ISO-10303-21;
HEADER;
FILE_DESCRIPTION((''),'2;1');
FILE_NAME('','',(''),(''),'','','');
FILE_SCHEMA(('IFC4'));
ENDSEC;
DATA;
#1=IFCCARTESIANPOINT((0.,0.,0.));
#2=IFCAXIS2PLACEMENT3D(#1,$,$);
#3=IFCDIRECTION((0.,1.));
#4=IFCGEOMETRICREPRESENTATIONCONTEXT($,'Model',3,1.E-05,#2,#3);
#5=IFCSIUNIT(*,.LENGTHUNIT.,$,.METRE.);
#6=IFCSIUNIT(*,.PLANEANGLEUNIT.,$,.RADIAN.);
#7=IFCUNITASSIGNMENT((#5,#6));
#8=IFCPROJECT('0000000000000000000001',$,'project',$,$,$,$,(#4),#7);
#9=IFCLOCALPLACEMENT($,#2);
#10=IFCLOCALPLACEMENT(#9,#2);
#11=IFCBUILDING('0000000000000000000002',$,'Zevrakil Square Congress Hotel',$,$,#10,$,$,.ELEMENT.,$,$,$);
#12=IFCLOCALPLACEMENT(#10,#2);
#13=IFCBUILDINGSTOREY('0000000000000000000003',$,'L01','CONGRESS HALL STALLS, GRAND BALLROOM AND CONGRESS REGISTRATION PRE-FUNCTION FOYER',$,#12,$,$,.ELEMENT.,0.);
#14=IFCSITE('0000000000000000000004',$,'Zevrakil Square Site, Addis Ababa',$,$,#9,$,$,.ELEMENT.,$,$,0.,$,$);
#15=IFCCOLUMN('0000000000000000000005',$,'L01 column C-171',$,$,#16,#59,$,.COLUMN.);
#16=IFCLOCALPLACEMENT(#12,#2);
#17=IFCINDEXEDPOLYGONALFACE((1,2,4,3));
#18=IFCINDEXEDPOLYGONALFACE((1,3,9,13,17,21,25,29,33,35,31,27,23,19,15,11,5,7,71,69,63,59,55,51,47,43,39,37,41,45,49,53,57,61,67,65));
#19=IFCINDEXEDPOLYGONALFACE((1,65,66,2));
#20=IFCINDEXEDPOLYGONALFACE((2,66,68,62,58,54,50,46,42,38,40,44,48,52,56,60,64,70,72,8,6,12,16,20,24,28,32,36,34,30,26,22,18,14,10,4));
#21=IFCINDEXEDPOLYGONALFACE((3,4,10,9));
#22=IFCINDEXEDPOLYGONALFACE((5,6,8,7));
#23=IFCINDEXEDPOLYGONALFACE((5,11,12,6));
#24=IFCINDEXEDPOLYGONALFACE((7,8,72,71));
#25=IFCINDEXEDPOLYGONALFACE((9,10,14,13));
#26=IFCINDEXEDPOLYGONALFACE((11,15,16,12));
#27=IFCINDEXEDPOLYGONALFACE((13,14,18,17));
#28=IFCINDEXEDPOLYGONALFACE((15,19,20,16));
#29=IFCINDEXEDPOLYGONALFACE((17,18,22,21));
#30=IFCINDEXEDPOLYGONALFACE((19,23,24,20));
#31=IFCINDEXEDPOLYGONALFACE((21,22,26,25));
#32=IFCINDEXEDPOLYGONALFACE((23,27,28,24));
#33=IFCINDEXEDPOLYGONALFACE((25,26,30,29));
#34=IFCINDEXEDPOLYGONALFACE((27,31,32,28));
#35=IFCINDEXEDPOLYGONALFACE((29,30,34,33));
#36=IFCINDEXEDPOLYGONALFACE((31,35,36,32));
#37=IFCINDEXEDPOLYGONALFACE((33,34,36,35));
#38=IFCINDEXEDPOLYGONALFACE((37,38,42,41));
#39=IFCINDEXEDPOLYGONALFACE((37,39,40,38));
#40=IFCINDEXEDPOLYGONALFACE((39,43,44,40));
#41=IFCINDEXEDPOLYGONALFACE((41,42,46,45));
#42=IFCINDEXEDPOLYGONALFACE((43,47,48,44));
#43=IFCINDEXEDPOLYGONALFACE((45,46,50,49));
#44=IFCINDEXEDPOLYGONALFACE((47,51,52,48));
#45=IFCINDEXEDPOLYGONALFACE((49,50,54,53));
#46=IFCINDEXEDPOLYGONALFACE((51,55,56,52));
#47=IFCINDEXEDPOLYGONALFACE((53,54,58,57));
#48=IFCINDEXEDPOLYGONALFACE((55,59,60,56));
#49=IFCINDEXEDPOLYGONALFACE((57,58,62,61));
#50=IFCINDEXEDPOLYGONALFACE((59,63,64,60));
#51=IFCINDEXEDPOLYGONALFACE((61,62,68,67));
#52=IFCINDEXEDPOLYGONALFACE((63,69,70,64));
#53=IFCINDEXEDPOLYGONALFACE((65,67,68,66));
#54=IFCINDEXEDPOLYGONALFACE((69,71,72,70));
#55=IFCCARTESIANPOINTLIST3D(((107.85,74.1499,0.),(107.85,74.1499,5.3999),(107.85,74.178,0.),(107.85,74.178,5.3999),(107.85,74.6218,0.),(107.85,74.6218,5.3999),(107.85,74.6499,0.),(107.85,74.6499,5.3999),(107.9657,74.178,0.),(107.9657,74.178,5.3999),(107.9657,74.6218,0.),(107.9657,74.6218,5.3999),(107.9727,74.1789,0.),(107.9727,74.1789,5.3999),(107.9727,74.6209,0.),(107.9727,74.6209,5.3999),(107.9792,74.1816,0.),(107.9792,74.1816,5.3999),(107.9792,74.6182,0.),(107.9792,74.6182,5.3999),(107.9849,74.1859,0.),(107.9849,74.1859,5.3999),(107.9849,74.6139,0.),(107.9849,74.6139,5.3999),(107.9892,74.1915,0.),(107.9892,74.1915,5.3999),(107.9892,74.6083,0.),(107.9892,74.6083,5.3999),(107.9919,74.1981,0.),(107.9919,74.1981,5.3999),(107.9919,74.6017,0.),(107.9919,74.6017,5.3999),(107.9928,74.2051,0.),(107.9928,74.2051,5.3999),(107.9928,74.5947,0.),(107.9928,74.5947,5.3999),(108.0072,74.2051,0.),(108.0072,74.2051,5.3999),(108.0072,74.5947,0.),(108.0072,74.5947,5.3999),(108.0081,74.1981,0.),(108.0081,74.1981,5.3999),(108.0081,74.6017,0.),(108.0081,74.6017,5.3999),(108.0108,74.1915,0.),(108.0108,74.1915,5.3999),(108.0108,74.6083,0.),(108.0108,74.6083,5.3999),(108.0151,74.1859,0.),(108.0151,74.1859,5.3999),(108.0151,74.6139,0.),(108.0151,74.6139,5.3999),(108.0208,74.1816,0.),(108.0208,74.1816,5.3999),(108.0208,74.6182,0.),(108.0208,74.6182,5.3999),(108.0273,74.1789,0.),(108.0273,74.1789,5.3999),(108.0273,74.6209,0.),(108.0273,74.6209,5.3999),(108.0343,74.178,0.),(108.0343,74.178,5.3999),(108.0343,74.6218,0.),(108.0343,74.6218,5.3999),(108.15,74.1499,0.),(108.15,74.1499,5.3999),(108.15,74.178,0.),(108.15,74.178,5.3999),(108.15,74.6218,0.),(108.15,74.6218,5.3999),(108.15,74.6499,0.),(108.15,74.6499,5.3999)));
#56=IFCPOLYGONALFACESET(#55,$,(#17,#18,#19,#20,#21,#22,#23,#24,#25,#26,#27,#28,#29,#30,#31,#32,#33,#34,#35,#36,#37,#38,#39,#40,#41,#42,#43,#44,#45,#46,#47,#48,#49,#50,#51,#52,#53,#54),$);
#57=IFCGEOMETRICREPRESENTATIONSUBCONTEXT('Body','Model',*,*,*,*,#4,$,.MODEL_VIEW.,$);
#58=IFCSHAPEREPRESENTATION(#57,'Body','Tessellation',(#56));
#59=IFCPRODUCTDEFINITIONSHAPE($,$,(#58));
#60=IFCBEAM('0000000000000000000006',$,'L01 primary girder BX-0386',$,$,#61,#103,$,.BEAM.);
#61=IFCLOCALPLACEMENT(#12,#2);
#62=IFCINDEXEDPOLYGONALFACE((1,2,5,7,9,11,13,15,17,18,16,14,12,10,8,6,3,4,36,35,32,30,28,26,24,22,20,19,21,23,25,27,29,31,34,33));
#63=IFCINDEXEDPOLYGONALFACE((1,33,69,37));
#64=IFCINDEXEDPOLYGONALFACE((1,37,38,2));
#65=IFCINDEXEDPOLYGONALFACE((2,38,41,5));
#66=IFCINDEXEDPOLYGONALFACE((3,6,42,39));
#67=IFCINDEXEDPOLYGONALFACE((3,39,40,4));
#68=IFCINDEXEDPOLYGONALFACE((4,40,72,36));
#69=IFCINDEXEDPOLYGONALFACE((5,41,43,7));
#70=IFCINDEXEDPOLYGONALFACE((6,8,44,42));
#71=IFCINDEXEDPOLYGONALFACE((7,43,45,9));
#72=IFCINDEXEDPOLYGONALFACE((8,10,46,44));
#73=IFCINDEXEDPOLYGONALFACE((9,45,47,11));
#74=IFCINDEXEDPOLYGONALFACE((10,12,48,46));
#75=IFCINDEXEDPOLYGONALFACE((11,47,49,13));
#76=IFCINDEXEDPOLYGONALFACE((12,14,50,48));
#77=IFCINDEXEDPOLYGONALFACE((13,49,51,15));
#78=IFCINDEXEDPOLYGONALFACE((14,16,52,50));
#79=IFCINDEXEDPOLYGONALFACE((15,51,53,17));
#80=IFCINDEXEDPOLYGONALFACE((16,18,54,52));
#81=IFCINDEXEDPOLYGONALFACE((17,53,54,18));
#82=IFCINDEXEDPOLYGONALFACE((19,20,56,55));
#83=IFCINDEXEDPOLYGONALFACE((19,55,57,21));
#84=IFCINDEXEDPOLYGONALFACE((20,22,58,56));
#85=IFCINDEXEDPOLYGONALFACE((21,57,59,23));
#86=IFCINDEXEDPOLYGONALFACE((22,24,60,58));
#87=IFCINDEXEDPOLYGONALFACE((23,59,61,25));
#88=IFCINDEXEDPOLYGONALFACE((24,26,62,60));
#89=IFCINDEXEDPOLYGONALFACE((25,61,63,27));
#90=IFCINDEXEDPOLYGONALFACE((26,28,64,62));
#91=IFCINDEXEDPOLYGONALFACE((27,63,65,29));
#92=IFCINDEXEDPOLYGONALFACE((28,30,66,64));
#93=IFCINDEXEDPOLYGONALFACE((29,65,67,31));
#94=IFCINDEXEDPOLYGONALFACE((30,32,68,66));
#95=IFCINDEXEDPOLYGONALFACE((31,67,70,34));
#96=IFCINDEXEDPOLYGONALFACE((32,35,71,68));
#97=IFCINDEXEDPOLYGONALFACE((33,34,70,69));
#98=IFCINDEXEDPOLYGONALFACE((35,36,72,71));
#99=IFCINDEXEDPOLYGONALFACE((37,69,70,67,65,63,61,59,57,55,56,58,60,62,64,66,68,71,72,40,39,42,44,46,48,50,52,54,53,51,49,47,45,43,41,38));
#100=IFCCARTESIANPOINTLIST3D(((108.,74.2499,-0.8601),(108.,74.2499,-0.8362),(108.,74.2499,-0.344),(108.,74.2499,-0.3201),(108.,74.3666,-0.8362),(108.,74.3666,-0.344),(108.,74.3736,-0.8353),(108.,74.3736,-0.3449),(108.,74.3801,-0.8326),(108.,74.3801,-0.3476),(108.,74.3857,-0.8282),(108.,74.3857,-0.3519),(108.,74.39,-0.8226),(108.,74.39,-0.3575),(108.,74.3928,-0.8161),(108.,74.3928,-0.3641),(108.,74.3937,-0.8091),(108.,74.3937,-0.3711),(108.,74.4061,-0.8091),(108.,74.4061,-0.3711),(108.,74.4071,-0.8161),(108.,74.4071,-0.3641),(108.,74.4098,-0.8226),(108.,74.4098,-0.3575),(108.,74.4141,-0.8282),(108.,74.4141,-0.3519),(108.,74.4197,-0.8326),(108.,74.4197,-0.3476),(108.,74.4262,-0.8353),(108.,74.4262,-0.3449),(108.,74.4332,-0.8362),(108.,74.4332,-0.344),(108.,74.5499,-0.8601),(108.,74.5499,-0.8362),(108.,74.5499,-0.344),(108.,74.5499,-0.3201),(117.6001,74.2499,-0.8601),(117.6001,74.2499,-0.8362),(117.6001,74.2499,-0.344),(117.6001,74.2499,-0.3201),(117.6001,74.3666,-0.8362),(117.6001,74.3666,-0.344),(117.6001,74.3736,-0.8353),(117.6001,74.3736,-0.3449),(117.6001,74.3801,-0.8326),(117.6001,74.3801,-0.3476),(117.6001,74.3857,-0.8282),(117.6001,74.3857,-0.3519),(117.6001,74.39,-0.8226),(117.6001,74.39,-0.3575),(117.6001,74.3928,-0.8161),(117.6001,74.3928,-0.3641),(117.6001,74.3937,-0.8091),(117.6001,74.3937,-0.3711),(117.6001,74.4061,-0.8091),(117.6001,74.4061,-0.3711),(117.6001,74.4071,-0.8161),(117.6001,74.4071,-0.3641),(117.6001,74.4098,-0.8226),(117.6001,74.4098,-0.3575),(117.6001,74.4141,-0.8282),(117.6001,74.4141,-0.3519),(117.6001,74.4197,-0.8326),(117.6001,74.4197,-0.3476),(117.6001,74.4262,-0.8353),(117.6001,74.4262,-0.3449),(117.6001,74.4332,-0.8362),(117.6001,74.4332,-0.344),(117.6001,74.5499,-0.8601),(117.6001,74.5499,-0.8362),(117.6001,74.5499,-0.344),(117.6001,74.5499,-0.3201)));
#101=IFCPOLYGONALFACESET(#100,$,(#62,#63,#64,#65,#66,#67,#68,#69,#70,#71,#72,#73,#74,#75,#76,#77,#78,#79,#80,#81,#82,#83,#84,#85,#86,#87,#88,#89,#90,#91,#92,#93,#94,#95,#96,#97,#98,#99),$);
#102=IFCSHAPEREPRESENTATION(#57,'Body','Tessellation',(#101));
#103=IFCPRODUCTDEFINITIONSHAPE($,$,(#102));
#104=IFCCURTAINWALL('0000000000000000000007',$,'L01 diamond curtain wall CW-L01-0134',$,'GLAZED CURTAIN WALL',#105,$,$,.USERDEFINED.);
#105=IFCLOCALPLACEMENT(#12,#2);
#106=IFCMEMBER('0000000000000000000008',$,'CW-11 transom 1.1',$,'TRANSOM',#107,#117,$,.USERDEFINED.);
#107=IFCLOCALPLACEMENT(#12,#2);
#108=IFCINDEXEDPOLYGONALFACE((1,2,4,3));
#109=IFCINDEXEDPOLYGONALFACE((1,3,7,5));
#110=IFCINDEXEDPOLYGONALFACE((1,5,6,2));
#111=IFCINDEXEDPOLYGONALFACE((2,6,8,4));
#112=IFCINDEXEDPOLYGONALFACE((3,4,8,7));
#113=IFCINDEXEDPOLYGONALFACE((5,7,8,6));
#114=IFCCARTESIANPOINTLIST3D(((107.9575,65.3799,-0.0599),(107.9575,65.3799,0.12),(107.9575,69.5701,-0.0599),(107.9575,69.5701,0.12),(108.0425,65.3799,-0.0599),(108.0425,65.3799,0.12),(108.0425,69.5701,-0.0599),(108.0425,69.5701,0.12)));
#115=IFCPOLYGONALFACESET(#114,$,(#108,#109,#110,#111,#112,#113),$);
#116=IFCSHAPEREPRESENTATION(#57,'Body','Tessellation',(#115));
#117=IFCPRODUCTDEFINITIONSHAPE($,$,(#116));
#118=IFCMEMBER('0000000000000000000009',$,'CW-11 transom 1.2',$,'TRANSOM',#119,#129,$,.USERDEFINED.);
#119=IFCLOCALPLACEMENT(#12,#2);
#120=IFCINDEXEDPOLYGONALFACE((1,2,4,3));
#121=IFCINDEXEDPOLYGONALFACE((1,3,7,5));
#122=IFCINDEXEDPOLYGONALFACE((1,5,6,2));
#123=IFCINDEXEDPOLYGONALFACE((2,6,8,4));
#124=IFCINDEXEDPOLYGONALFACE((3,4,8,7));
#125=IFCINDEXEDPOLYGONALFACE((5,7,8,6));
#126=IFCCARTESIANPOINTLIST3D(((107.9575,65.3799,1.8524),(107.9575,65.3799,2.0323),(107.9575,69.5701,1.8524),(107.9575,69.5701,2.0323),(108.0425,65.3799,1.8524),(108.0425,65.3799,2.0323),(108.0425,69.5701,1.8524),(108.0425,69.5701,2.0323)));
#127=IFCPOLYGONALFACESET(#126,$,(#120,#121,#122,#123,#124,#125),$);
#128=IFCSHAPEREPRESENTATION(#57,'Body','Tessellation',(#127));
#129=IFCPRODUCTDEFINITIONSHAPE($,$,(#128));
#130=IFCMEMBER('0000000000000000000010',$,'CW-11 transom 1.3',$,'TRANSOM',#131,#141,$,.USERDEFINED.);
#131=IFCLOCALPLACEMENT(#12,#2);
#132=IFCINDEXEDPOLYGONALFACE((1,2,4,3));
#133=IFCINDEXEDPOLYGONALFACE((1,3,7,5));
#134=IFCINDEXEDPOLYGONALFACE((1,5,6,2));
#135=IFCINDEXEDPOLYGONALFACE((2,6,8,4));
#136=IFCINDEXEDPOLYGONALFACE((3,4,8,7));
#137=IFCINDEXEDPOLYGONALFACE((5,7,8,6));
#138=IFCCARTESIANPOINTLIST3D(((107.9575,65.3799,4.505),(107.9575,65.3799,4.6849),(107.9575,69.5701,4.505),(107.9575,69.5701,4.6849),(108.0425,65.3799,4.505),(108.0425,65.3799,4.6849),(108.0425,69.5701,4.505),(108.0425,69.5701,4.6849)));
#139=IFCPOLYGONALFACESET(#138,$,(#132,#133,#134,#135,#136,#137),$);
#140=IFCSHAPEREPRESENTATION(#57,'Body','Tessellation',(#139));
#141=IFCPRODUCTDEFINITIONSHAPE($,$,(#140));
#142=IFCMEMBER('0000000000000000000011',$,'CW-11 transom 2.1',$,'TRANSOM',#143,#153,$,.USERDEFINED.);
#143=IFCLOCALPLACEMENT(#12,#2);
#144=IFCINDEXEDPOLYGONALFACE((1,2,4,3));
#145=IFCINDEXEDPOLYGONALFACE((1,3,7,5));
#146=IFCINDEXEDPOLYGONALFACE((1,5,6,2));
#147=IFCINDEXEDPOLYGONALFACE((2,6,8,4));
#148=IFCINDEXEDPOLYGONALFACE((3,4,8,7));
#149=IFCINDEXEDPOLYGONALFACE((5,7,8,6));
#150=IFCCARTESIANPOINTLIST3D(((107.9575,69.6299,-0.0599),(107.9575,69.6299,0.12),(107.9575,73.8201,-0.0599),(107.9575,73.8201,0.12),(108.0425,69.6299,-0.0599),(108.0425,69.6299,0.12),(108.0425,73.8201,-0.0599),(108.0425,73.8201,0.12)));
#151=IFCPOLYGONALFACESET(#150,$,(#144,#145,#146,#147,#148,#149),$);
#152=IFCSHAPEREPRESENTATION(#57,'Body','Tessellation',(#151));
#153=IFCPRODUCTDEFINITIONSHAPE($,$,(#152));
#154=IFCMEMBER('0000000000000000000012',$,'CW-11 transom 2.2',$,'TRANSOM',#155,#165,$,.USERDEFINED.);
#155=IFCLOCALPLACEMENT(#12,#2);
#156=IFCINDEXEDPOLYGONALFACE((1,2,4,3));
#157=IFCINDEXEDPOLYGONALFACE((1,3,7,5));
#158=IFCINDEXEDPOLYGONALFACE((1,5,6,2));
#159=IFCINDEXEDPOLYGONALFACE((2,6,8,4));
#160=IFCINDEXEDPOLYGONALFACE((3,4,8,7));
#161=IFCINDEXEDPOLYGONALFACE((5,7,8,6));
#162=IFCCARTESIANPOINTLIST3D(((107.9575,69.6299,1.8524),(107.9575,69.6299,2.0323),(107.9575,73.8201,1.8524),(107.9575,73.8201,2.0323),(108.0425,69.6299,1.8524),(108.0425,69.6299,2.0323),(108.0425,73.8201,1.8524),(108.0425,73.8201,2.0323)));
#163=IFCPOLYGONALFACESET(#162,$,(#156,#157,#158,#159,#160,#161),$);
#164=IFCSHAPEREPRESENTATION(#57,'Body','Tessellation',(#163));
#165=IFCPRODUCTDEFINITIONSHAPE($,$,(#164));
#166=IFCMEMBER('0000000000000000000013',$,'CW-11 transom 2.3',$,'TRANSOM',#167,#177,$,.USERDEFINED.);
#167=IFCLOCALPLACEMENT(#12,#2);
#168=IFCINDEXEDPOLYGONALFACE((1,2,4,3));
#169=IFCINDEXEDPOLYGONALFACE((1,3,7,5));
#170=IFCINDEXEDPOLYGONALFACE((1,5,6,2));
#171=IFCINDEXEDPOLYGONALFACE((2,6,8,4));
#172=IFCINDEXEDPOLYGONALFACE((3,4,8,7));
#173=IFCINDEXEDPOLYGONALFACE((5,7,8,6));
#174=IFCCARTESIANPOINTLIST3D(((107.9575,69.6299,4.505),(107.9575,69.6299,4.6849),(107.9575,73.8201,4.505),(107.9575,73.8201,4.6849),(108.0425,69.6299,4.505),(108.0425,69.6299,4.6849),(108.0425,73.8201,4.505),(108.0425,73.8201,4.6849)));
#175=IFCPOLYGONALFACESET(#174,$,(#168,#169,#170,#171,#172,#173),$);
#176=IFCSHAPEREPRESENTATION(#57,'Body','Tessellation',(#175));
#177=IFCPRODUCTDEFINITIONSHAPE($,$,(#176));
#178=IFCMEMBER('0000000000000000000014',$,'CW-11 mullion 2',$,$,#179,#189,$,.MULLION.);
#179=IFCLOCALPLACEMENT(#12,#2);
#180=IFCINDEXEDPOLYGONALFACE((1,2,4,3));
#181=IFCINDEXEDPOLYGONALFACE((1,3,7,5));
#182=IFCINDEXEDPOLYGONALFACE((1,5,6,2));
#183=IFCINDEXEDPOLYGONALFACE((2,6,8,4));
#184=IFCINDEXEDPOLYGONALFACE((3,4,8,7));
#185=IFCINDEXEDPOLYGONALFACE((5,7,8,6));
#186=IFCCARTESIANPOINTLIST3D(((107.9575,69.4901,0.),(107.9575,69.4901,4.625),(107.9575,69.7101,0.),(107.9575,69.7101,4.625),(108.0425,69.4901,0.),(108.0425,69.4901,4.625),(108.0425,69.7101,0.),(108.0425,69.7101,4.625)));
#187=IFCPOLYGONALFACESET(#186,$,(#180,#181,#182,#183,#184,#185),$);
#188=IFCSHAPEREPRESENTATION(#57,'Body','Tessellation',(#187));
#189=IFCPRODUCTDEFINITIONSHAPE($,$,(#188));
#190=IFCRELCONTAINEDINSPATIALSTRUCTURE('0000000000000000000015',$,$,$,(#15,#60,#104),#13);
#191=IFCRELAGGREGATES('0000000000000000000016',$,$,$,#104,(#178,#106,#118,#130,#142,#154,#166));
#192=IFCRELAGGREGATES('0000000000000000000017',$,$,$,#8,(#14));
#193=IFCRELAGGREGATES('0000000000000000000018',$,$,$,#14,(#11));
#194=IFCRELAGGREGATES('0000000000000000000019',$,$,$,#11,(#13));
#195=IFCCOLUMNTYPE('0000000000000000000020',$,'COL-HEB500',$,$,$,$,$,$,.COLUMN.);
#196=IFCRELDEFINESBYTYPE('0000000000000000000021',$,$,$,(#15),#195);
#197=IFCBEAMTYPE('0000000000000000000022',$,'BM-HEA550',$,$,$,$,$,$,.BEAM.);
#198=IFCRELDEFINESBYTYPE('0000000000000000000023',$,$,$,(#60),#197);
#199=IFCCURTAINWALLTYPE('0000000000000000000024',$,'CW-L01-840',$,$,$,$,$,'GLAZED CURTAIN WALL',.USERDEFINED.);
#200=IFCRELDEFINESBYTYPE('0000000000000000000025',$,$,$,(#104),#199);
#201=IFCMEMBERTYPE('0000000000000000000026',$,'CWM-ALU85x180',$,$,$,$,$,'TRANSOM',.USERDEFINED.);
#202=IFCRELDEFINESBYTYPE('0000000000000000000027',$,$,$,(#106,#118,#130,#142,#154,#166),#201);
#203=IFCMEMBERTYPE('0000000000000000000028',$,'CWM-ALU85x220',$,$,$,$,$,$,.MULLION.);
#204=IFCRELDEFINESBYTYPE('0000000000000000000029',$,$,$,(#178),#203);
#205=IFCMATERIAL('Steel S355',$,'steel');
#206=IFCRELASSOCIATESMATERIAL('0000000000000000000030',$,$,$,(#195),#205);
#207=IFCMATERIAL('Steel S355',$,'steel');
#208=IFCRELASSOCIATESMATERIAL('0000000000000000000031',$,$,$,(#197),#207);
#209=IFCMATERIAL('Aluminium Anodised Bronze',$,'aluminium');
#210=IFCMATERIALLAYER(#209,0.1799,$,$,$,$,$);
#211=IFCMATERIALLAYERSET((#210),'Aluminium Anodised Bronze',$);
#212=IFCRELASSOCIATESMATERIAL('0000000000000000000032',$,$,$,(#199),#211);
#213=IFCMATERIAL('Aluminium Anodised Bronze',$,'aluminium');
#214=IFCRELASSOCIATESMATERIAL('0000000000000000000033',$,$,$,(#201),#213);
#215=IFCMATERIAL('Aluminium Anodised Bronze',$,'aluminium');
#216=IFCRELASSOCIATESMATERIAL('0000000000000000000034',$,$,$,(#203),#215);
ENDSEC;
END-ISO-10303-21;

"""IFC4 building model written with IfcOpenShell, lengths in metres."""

from ifc_helpers import new_model, si_unit, direction, frame, origin, origin_2d, place, context, subcontext, project, spatial, rectangle, i_section, extrude, material, layer, layer_set, material_profile, profile_set, type_object, element, aggregate, save


model = new_model("IFC4")

# Units and contexts
model_context = context("Model", 3, precision=1e-05, world=origin(), true_north=direction((0.0, 1.0)))
body_context = subcontext(model_context, "Body", "Model", "MODEL_VIEW")
ifc_project = project(units=[si_unit("LENGTHUNIT", "METRE"), si_unit("PLANEANGLEUNIT", "RADIAN")], contexts=[model_context])

# Site, building, storey
site_placement = place(None, origin())
site = spatial("IfcSite", under=ifc_project, at=site_placement, Name="Zevrakil Square Site, Addis Ababa", CompositionType="ELEMENT", RefElevation=0.0)
building_placement = place(site_placement, origin())
building = spatial("IfcBuilding", under=site, at=building_placement, Name="Zevrakil Square Congress Hotel", CompositionType="ELEMENT")
storey_placement = place(building_placement, origin())
storey = spatial("IfcBuildingStorey", under=building, at=storey_placement, Name="L01", Description="CONGRESS HALL STALLS, GRAND BALLROOM AND CONGRESS REGISTRATION PRE-FUNCTION FOYER", CompositionType="ELEMENT", Elevation=0.0)

# Column
ifc_material_1 = material(Name="Steel S355", Category="steel")
ifc_material_profile_1 = material_profile(ifc_material_1, i_section(OverallWidth=0.3, OverallDepth=0.5, WebThickness=0.0144, FlangeThickness=0.0281, FilletRadius=0.0271, at=origin_2d()), Name="HEB 500")
ifc_profile_set_1 = profile_set([ifc_material_profile_1], Name="Steel S355")
column_type = type_object("IfcColumnType", Name="COL-HEB500", PredefinedType="COLUMN", material=ifc_profile_set_1)
column_placement = place(storey_placement, frame((108.0, 74.3999, 0.0), z_axis=(0.0, 0.0, 1.0), x_axis=(1.0, 0.0, 0.0)))
element("IfcColumn", 1, at=column_placement, inside=storey, type_object=column_type, Name="L01 column C-171", PredefinedType="COLUMN", context=body_context, shape_type="SweptSolid", body=[
    extrude(i_section(OverallWidth=0.3, OverallDepth=0.5, WebThickness=0.0144, FlangeThickness=0.0281, FilletRadius=0.0271, at=origin_2d()), origin(), (0.0, 0.0, 1.0), 5.3999),
])

# Beam
ifc_material_2 = material(Name="Steel S355", Category="steel")
ifc_material_profile_2 = material_profile(ifc_material_2, i_section(OverallWidth=0.3, OverallDepth=0.54, WebThickness=0.0125, FlangeThickness=0.0239, FilletRadius=0.0271, at=origin_2d()), Name="HEA 550")
ifc_profile_set_2 = profile_set([ifc_material_profile_2], Name="Steel S355")
beam_type = type_object("IfcBeamType", Name="BM-HEA550", PredefinedType="BEAM", material=ifc_profile_set_2)
beam_placement = place(storey_placement, frame((108.0, 74.3999, -0.5901), z_axis=(1.0, 0.0, 0.0), x_axis=(0.0, 1.0, 0.0)))
element("IfcBeam", 2, at=beam_placement, inside=storey, type_object=beam_type, Name="L01 primary girder BX-0386", PredefinedType="BEAM", context=body_context, shape_type="SweptSolid", body=[
    extrude(i_section(OverallWidth=0.3, OverallDepth=0.54, WebThickness=0.0125, FlangeThickness=0.0239, FilletRadius=0.0271, at=origin_2d()), origin(), (0.0, 0.0, 1.0), 9.6001),
])

# Curtain wall, members
ifc_material_3 = material(Name="Aluminium Anodised Bronze", Category="aluminium")
ifc_layer_1 = layer(ifc_material_3, 0.1799)
ifc_layer_set_1 = layer_set([ifc_layer_1], Name="Aluminium Anodised Bronze")
curtain_wall_type = type_object("IfcCurtainWallType", Name="CW-L01-840", ElementType="GLAZED CURTAIN WALL", PredefinedType="USERDEFINED", material=ifc_layer_set_1)
curtain_wall_placement = place(storey_placement, origin())
curtain_wall = element("IfcCurtainWall", 3, at=curtain_wall_placement, inside=storey, type_object=curtain_wall_type, Name="L01 diamond curtain wall CW-L01-0134", ObjectType="GLAZED CURTAIN WALL", PredefinedType="USERDEFINED")
ifc_material_4 = material(Name="Aluminium Anodised Bronze", Category="aluminium")
ifc_material_profile_3 = material_profile(ifc_material_4, rectangle(XDim=0.085, YDim=0.1799, at=origin_2d()), Name="ALU 85x180")
ifc_profile_set_3 = profile_set([ifc_material_profile_3], Name="Aluminium Anodised Bronze")
member_type_1 = type_object("IfcMemberType", Name="CWM-ALU85x180", ElementType="TRANSOM", PredefinedType="USERDEFINED", material=ifc_profile_set_3)
member_1_placement = place(storey_placement, frame((108.0, 65.3799, 0.03), z_axis=(0.0, 1.0, 0.0), x_axis=(-1.0, 0.0, 0.0)))
member_1 = element("IfcMember", 4, at=member_1_placement, type_object=member_type_1, Name="CW-11 transom 1.1", ObjectType="TRANSOM", PredefinedType="USERDEFINED", context=body_context, shape_type="SweptSolid", body=[
    extrude(rectangle(XDim=0.085, YDim=0.1799, at=origin_2d()), origin(), (0.0, 0.0, 1.0), 4.1902),
])
member_2_placement = place(storey_placement, frame((108.0, 65.3799, 1.9424), z_axis=(0.0, 1.0, 0.0), x_axis=(-1.0, 0.0, 0.0)))
member_2 = element("IfcMember", 5, at=member_2_placement, type_object=member_type_1, Name="CW-11 transom 1.2", ObjectType="TRANSOM", PredefinedType="USERDEFINED", context=body_context, shape_type="SweptSolid", body=[
    extrude(rectangle(XDim=0.085, YDim=0.1799, at=origin_2d()), origin(), (0.0, 0.0, 1.0), 4.1902),
])
member_3_placement = place(storey_placement, frame((108.0, 65.3799, 4.595), z_axis=(0.0, 1.0, 0.0), x_axis=(-1.0, 0.0, 0.0)))
member_3 = element("IfcMember", 6, at=member_3_placement, type_object=member_type_1, Name="CW-11 transom 1.3", ObjectType="TRANSOM", PredefinedType="USERDEFINED", context=body_context, shape_type="SweptSolid", body=[
    extrude(rectangle(XDim=0.085, YDim=0.1799, at=origin_2d()), origin(), (0.0, 0.0, 1.0), 4.1902),
])
member_4_placement = place(storey_placement, frame((108.0, 69.6299, 0.03), z_axis=(0.0, 1.0, 0.0), x_axis=(-1.0, 0.0, 0.0)))
member_4 = element("IfcMember", 7, at=member_4_placement, type_object=member_type_1, Name="CW-11 transom 2.1", ObjectType="TRANSOM", PredefinedType="USERDEFINED", context=body_context, shape_type="SweptSolid", body=[
    extrude(rectangle(XDim=0.085, YDim=0.1799, at=origin_2d()), origin(), (0.0, 0.0, 1.0), 4.1902),
])
member_5_placement = place(storey_placement, frame((108.0, 69.6299, 1.9424), z_axis=(0.0, 1.0, 0.0), x_axis=(-1.0, 0.0, 0.0)))
member_5 = element("IfcMember", 8, at=member_5_placement, type_object=member_type_1, Name="CW-11 transom 2.2", ObjectType="TRANSOM", PredefinedType="USERDEFINED", context=body_context, shape_type="SweptSolid", body=[
    extrude(rectangle(XDim=0.085, YDim=0.1799, at=origin_2d()), origin(), (0.0, 0.0, 1.0), 4.1902),
])
member_6_placement = place(storey_placement, frame((108.0, 69.6299, 4.595), z_axis=(0.0, 1.0, 0.0), x_axis=(-1.0, 0.0, 0.0)))
member_6 = element("IfcMember", 9, at=member_6_placement, type_object=member_type_1, Name="CW-11 transom 2.3", ObjectType="TRANSOM", PredefinedType="USERDEFINED", context=body_context, shape_type="SweptSolid", body=[
    extrude(rectangle(XDim=0.085, YDim=0.1799, at=origin_2d()), origin(), (0.0, 0.0, 1.0), 4.1902),
])
ifc_material_5 = material(Name="Aluminium Anodised Bronze", Category="aluminium")
ifc_material_profile_4 = material_profile(ifc_material_5, rectangle(XDim=0.085, YDim=0.22, at=origin_2d()), Name="ALU 85x220")
ifc_profile_set_4 = profile_set([ifc_material_profile_4], Name="Aluminium Anodised Bronze")
member_type_2 = type_object("IfcMemberType", Name="CWM-ALU85x220", PredefinedType="MULLION", material=ifc_profile_set_4)
member_7_placement = place(storey_placement, frame((108.0, 69.6001, 0.0), z_axis=(0.0, 0.0, 1.0), x_axis=(-1.0, 0.0, 0.0)))
member_7 = element("IfcMember", 10, at=member_7_placement, type_object=member_type_2, Name="CW-11 mullion 2", PredefinedType="MULLION", context=body_context, shape_type="SweptSolid", body=[
    extrude(rectangle(XDim=0.085, YDim=0.22, at=origin_2d()), origin(), (0.0, 0.0, 1.0), 4.625),
])
aggregate(curtain_wall, [member_7, member_1, member_2, member_3, member_4, member_5, member_6])

save(model, "model.ifc")
